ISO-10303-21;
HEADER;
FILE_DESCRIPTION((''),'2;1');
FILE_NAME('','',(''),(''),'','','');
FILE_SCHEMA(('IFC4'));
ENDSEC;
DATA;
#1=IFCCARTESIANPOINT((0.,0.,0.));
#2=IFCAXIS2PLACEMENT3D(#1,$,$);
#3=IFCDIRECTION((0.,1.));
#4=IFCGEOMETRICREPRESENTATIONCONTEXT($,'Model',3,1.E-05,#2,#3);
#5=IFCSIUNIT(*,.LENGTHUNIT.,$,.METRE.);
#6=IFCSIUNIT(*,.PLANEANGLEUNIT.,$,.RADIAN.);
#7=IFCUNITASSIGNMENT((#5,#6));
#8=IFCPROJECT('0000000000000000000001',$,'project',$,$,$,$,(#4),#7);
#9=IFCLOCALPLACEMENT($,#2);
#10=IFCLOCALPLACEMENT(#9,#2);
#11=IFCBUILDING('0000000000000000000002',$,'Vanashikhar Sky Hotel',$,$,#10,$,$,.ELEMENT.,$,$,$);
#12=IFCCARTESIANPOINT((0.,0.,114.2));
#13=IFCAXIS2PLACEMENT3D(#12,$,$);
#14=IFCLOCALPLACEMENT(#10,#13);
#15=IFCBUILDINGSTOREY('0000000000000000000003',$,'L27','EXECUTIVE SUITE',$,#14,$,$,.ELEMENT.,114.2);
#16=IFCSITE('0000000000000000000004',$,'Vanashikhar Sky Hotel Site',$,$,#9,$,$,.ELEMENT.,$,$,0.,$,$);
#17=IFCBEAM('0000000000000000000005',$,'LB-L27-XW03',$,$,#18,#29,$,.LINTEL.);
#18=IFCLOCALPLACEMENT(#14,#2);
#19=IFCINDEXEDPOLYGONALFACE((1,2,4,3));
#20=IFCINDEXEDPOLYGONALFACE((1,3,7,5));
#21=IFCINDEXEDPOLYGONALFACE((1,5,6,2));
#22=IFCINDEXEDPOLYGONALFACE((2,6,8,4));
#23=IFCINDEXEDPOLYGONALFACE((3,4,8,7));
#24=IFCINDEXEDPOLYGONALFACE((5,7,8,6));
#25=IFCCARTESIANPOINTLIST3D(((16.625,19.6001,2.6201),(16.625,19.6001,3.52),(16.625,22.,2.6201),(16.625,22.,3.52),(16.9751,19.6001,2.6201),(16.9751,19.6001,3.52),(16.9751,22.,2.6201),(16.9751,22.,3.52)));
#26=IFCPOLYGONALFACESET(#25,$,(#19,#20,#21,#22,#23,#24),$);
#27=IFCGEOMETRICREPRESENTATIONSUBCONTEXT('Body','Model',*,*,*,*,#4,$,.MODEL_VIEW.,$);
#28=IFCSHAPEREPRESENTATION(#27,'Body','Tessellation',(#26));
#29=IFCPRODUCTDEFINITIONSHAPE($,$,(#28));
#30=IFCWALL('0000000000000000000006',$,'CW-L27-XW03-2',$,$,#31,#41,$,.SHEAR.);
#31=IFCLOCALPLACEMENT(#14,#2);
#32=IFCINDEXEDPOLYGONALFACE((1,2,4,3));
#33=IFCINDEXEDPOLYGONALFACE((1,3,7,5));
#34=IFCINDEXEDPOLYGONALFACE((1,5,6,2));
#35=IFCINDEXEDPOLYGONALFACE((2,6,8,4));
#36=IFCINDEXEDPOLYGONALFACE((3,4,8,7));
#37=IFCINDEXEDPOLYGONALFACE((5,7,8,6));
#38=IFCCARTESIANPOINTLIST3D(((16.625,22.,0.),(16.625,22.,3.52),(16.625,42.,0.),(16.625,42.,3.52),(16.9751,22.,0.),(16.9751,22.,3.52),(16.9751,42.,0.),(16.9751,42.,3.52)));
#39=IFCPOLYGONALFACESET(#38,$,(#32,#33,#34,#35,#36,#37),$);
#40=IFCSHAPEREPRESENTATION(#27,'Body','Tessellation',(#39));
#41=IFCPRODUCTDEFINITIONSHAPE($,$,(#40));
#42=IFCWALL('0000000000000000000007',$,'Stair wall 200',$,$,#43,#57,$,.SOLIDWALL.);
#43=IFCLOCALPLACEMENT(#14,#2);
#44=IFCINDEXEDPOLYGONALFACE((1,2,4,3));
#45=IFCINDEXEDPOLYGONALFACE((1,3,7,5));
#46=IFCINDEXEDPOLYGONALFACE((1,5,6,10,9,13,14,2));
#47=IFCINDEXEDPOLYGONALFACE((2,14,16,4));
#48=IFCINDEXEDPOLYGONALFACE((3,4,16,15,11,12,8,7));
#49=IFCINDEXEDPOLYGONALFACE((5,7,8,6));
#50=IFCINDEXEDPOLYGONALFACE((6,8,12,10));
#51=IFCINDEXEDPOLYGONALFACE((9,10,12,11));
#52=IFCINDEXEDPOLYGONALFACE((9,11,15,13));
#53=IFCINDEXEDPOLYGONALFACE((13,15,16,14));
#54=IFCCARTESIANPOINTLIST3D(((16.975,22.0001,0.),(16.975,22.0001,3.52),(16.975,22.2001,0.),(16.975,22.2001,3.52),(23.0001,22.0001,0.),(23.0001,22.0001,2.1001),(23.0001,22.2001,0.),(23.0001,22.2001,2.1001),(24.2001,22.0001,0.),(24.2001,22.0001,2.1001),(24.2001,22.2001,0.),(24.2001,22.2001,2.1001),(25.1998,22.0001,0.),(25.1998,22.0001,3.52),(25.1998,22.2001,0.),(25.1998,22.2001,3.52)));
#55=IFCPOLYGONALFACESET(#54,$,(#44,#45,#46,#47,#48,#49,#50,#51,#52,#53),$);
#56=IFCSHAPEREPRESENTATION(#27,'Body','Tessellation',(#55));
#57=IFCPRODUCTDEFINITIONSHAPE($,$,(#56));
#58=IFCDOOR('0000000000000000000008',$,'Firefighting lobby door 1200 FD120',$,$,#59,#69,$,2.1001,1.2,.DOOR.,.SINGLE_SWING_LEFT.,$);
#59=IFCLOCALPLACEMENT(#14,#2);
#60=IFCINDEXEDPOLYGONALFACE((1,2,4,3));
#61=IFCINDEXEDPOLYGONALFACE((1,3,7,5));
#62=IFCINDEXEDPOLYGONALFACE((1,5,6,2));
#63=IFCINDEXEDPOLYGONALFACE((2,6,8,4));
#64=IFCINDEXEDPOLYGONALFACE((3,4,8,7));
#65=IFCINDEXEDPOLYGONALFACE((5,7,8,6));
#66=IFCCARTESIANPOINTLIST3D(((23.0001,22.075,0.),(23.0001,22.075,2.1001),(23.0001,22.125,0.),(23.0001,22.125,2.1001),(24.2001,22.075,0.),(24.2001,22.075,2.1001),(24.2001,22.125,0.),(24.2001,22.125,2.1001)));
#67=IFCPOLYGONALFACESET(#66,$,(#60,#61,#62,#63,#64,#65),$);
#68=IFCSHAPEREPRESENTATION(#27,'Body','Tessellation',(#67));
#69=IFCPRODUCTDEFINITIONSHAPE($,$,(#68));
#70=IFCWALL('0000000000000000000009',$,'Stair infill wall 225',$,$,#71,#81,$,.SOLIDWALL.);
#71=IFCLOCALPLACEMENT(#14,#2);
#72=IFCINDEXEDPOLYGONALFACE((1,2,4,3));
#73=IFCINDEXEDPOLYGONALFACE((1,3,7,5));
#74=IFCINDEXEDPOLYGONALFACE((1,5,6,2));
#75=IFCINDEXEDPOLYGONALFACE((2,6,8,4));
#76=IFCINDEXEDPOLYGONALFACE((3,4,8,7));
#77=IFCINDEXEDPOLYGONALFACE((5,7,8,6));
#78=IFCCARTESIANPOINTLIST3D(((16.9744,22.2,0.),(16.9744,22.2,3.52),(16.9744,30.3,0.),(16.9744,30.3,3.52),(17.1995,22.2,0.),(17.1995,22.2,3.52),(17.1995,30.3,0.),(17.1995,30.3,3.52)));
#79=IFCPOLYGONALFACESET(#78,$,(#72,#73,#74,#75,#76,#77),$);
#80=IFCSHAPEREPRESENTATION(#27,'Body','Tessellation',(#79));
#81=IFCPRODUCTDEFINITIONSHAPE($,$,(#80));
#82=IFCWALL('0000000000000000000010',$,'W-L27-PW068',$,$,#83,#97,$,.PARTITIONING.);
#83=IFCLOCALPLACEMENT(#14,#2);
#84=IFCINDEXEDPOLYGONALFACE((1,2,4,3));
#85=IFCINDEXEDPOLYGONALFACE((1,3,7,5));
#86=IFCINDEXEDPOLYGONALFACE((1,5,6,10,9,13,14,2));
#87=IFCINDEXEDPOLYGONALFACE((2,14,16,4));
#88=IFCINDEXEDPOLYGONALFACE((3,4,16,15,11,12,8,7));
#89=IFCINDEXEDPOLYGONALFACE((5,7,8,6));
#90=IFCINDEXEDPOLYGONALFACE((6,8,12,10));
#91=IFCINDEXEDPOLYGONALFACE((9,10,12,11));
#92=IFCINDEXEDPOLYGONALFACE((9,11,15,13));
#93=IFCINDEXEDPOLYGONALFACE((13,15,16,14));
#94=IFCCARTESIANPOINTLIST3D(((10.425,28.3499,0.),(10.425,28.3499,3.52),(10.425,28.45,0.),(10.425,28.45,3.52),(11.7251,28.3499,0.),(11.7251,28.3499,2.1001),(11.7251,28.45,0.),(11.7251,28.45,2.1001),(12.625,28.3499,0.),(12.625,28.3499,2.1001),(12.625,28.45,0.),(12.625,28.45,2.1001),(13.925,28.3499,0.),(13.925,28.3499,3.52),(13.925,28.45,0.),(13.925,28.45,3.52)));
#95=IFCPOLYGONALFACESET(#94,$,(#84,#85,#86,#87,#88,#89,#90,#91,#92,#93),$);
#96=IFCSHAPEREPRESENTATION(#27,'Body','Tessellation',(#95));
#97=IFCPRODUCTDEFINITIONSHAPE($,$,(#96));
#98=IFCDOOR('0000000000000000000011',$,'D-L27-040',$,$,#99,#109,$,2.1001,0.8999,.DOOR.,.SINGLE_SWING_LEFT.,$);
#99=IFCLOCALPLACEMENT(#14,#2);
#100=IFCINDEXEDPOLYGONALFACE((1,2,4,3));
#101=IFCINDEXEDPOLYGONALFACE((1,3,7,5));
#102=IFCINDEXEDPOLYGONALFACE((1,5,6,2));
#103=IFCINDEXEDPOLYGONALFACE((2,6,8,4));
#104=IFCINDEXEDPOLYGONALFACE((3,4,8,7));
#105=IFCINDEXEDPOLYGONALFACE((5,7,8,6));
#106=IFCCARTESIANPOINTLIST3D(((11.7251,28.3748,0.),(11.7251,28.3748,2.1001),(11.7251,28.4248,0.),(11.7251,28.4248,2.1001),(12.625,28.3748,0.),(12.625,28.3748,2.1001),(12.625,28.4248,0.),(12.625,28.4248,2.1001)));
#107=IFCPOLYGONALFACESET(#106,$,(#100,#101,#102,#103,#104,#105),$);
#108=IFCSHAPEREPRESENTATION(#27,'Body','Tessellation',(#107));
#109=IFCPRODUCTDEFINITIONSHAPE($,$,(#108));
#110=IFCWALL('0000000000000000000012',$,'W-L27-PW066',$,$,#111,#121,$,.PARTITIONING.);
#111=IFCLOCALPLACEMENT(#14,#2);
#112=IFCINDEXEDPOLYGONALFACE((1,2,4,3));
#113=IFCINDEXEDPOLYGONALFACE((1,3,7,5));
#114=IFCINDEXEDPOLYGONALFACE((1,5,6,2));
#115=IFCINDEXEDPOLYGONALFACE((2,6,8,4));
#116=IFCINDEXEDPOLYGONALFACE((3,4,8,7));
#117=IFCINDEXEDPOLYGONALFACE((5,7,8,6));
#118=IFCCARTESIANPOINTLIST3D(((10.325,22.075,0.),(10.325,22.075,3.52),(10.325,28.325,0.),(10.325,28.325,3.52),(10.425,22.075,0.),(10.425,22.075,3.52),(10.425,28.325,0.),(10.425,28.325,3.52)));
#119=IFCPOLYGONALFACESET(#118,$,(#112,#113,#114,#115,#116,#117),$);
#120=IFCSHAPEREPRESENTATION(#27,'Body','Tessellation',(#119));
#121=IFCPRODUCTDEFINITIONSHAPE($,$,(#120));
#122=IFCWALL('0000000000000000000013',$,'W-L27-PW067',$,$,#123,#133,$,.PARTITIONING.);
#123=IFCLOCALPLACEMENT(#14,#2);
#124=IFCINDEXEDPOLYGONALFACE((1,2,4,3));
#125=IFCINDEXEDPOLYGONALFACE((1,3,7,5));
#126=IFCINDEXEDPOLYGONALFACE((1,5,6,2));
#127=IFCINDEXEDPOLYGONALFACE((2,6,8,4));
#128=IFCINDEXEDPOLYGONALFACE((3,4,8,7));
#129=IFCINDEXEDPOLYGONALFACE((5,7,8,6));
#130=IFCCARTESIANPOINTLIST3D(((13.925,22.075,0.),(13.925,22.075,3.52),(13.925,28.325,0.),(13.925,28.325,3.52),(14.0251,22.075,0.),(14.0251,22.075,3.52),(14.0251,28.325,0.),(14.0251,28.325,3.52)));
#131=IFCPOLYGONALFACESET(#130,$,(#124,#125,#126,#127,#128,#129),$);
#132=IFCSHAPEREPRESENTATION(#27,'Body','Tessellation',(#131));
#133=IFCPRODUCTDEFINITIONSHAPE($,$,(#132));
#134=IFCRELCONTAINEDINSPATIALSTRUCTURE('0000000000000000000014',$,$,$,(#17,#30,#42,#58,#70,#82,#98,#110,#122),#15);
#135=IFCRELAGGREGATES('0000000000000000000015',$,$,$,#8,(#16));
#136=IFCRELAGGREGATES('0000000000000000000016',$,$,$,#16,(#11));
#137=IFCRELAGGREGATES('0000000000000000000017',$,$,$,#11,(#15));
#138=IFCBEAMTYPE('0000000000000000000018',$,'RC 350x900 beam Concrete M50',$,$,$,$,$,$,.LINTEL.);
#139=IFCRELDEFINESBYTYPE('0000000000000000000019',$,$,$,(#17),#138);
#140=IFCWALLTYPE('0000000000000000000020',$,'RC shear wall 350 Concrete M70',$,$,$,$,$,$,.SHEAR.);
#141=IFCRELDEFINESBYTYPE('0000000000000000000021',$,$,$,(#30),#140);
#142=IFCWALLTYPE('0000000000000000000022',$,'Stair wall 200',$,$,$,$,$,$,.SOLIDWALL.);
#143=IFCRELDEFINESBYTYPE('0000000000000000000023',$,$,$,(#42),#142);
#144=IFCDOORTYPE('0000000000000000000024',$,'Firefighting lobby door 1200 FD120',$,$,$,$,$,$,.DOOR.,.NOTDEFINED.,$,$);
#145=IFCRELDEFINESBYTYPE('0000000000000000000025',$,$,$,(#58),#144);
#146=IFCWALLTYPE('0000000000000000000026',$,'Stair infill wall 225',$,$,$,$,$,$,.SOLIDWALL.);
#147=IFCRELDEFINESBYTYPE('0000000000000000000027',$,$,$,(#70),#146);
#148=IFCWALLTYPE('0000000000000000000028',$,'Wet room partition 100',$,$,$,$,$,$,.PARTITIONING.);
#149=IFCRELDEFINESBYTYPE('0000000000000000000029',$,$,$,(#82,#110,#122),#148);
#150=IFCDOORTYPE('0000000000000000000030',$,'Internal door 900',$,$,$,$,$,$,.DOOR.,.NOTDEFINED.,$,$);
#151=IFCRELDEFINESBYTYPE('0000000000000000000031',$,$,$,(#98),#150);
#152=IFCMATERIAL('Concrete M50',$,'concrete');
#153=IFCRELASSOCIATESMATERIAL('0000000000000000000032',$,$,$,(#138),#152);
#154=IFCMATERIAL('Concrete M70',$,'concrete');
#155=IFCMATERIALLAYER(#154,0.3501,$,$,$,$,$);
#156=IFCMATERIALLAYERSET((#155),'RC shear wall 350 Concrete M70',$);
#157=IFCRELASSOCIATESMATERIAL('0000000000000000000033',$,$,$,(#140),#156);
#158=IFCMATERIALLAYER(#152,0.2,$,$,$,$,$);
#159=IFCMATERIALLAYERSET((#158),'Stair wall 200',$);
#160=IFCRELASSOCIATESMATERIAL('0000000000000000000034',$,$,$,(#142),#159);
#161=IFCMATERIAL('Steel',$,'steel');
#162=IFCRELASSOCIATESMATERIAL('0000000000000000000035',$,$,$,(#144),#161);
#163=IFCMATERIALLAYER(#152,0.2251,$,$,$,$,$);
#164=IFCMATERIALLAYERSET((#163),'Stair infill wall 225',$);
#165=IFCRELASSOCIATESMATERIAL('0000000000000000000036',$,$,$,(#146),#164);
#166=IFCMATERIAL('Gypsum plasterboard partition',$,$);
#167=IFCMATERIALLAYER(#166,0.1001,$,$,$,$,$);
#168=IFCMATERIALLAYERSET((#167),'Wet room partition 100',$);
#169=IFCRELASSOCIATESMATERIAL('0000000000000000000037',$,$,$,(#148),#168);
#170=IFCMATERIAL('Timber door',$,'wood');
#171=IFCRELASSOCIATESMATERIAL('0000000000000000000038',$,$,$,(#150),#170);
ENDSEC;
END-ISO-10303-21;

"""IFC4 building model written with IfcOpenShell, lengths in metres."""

from ifc_helpers import new_model, si_unit, direction, frame, frame_2d, origin, origin_2d, place, context, subcontext, project, spatial, rectangle, extrude, source, transform, mapped, material, layer, layer_set, material_profile, profile_set, type_object, element, fill, save


model = new_model("IFC4")

# Units and contexts
model_context = context("Model", 3, precision=1e-05, world=origin(), true_north=direction((0.0, 1.0)))
body_context = subcontext(model_context, "Body", "Model", "MODEL_VIEW")
ifc_project = project(units=[si_unit("LENGTHUNIT", "METRE"), si_unit("PLANEANGLEUNIT", "RADIAN")], contexts=[model_context])

# Site, building, storey
site_placement = place(None, origin())
site = spatial("IfcSite", under=ifc_project, at=site_placement, Name="Vanashikhar Sky Hotel Site", CompositionType="ELEMENT", RefElevation=0.0)
building_placement = place(site_placement, origin())
building = spatial("IfcBuilding", under=site, at=building_placement, Name="Vanashikhar Sky Hotel", CompositionType="ELEMENT")
storey_placement = place(building_placement, frame((0.0, 0.0, 114.2)))
storey = spatial("IfcBuildingStorey", under=building, at=storey_placement, Name="L27", Description="EXECUTIVE SUITE", CompositionType="ELEMENT", Elevation=114.2)

# Beam
ifc_material_1 = material(Name="Concrete M50", Category="concrete")
ifc_material_profile = material_profile(ifc_material_1, rectangle(XDim=0.3501, YDim=0.8999, at=origin_2d()))
ifc_profile_set = profile_set([ifc_material_profile], Name="RC 350x900 beam Concrete M50")
beam_type = type_object("IfcBeamType", Name="RC 350x900 beam Concrete M50", PredefinedType="LINTEL", material=ifc_profile_set)
shared_shape_1 = source(origin(), body_context, "Body", "SweptSolid", [
    extrude(rectangle(XDim=0.3501, YDim=0.8999, at=origin_2d()), origin(), (0.0, 0.0, 1.0), 2.3999),
])
beam_placement = place(storey_placement, frame((16.8, 19.6001, 3.0701), z_axis=(0.0, 1.0, 0.0), x_axis=(-1.0, 0.0, 0.0)))
element("IfcBeam", 1, at=beam_placement, inside=storey, type_object=beam_type, Name="LB-L27-XW03", PredefinedType="LINTEL", context=body_context, shape_type="MappedRepresentation", body=[
    mapped(shared_shape_1, transform((0.0, 0.0, 0.0), scale=1.0)),
])

# Wall
ifc_material_2 = material(Name="Concrete M70", Category="concrete")
ifc_layer_1 = layer(ifc_material_2, 0.3501)
ifc_layer_set_1 = layer_set([ifc_layer_1], Name="RC shear wall 350 Concrete M70")
wall_type_1 = type_object("IfcWallType", Name="RC shear wall 350 Concrete M70", PredefinedType="SHEAR", material=ifc_layer_set_1)
shared_shape_2 = source(origin(), body_context, "Body", "SweptSolid", [
    extrude(rectangle(XDim=20.0, YDim=0.3501, at=frame_2d((10.0, 0.0))), origin(), (0.0, 0.0, 1.0), 3.52),
])
wall_1_placement = place(storey_placement, frame((16.8, 22.0, 0.0), z_axis=(0.0, 0.0, 1.0), x_axis=(0.0, 1.0, 0.0)))
element("IfcWall", 2, at=wall_1_placement, inside=storey, type_object=wall_type_1, Name="CW-L27-XW03-2", PredefinedType="SHEAR", context=body_context, shape_type="MappedRepresentation", body=[
    mapped(shared_shape_2, transform((0.0, 0.0, 0.0), scale=1.0)),
])

# Wall, opening, door
ifc_layer_2 = layer(ifc_material_1, 0.2)
ifc_layer_set_2 = layer_set([ifc_layer_2], Name="Stair wall 200")
wall_type_2 = type_object("IfcWallType", Name="Stair wall 200", PredefinedType="SOLIDWALL", material=ifc_layer_set_2)
shared_shape_3 = source(origin(), body_context, "Body", "SweptSolid", [
    extrude(rectangle(XDim=8.2249, YDim=0.2, at=frame_2d((4.1123, 0.0))), origin(), (0.0, 0.0, 1.0), 3.52),
])
wall_2_placement = place(storey_placement, frame((16.9751, 22.1001, 0.0), z_axis=(0.0, 0.0, 1.0), x_axis=(1.0, 0.0, 0.0)))
wall_2 = element("IfcWall", 3, at=wall_2_placement, inside=storey, type_object=wall_type_2, Name="Stair wall 200", PredefinedType="SOLIDWALL", context=body_context, shape_type="MappedRepresentation", body=[
    mapped(shared_shape_3, transform((0.0, 0.0, 0.0), scale=1.0)),
])
shared_shape_4 = source(origin(), body_context, "Body", "SweptSolid", [
    extrude(rectangle(XDim=1.2, YDim=2.1001, at=frame_2d((0.6001, 1.05))), frame((0.0, 0.1099, 0.0), z_axis=(0.0, -1.0, 0.0), x_axis=(1.0, 0.0, 0.0)), (0.0, 0.0, 1.0), 0.22),
])
opening_1_placement = place(wall_2_placement, frame((6.0249, 0.0, 0.0)))
opening_1 = element("IfcOpeningElement", 4, at=opening_1_placement, cuts=wall_2, PredefinedType="OPENING", context=body_context, shape_type="MappedRepresentation", body=[
    mapped(shared_shape_4, transform((0.0, 0.0, 0.0), scale=1.0)),
])
ifc_material_3 = material(Name="Steel", Category="steel")
door_type_1 = type_object("IfcDoorType", Name="Firefighting lobby door 1200 FD120", OperationType="NOTDEFINED", PredefinedType="DOOR", material=ifc_material_3)
shared_shape_5 = source(origin(), body_context, "Body", "SweptSolid", [
    extrude(rectangle(XDim=1.2, YDim=2.1001, at=frame_2d((0.6001, 1.05))), frame((0.0, 0.0249, 0.0), z_axis=(0.0, -1.0, 0.0), x_axis=(1.0, 0.0, 0.0)), (0.0, 0.0, 1.0), 0.05),
])
door_1_placement = place(opening_1_placement, origin())
door_1 = element("IfcDoor", 5, at=door_1_placement, inside=storey, type_object=door_type_1, Name="Firefighting lobby door 1200 FD120", OperationType="SINGLE_SWING_LEFT", OverallHeight=2.1001, OverallWidth=1.2, PredefinedType="DOOR", context=body_context, shape_type="MappedRepresentation", body=[
    mapped(shared_shape_5, transform((0.0, 0.0, 0.0), scale=1.0)),
])
fill(opening_1, door_1)

# Wall
ifc_layer_3 = layer(ifc_material_1, 0.2251)
ifc_layer_set_3 = layer_set([ifc_layer_3], Name="Stair infill wall 225")
wall_type_3 = type_object("IfcWallType", Name="Stair infill wall 225", PredefinedType="SOLIDWALL", material=ifc_layer_set_3)
shared_shape_6 = source(origin(), body_context, "Body", "SweptSolid", [
    extrude(rectangle(XDim=8.1001, YDim=0.2251, at=frame_2d((4.05, 0.0))), origin(), (0.0, 0.0, 1.0), 3.52),
])
wall_3_placement = place(storey_placement, frame((17.0869, 22.2, 0.0), z_axis=(0.0, 0.0, 1.0), x_axis=(0.0, 1.0, 0.0)))
element("IfcWall", 6, at=wall_3_placement, inside=storey, type_object=wall_type_3, Name="Stair infill wall 225", PredefinedType="SOLIDWALL", context=body_context, shape_type="MappedRepresentation", body=[
    mapped(shared_shape_6, transform((0.0, 0.0, 0.0), scale=1.0)),
])

# Wall, opening, door
ifc_material_4 = material(Name="Gypsum plasterboard partition")
ifc_layer_4 = layer(ifc_material_4, 0.1001)
ifc_layer_set_4 = layer_set([ifc_layer_4], Name="Wet room partition 100")
wall_type_4 = type_object("IfcWallType", Name="Wet room partition 100", PredefinedType="PARTITIONING", material=ifc_layer_set_4)
shared_shape_7 = source(origin(), body_context, "Body", "SweptSolid", [
    extrude(rectangle(XDim=3.5, YDim=0.1001, at=frame_2d((1.75, 0.0))), origin(), (0.0, 0.0, 1.0), 3.52),
])
wall_4_placement = place(storey_placement, frame((10.425, 28.3999, 0.0), z_axis=(0.0, 0.0, 1.0), x_axis=(1.0, 0.0, 0.0)))
wall_4 = element("IfcWall", 7, at=wall_4_placement, inside=storey, type_object=wall_type_4, Name="W-L27-PW068", PredefinedType="PARTITIONING", context=body_context, shape_type="MappedRepresentation", body=[
    mapped(shared_shape_7, transform((0.0, 0.0, 0.0), scale=1.0)),
])
shared_shape_8 = source(origin(), body_context, "Body", "SweptSolid", [
    extrude(rectangle(XDim=0.8999, YDim=2.1001, at=frame_2d((0.45, 1.05))), frame((0.0, 0.0601, 0.0), z_axis=(0.0, -1.0, 0.0), x_axis=(1.0, 0.0, 0.0)), (0.0, 0.0, 1.0), 0.1201),
])
opening_2_placement = place(wall_4_placement, frame((1.3, 0.0, 0.0)))
opening_2 = element("IfcOpeningElement", 8, at=opening_2_placement, cuts=wall_4, PredefinedType="OPENING", context=body_context, shape_type="MappedRepresentation", body=[
    mapped(shared_shape_8, transform((0.0, 0.0, 0.0), scale=1.0)),
])
ifc_material_5 = material(Name="Timber door", Category="wood")
door_type_2 = type_object("IfcDoorType", Name="Internal door 900", OperationType="NOTDEFINED", PredefinedType="DOOR", material=ifc_material_5)
shared_shape_9 = source(origin(), body_context, "Body", "SweptSolid", [
    extrude(rectangle(XDim=0.8999, YDim=2.1001, at=frame_2d((0.45, 1.05))), frame((0.0, 0.0249, 0.0), z_axis=(0.0, -1.0, 0.0), x_axis=(1.0, 0.0, 0.0)), (0.0, 0.0, 1.0), 0.05),
])
door_2_placement = place(opening_2_placement, origin())
door_2 = element("IfcDoor", 9, at=door_2_placement, inside=storey, type_object=door_type_2, Name="D-L27-040", OperationType="SINGLE_SWING_LEFT", OverallHeight=2.1001, OverallWidth=0.8999, PredefinedType="DOOR", context=body_context, shape_type="MappedRepresentation", body=[
    mapped(shared_shape_9, transform((0.0, 0.0, 0.0), scale=1.0)),
])
fill(opening_2, door_2)

# Walls
shared_shape_10 = source(origin(), body_context, "Body", "SweptSolid", [
    extrude(rectangle(XDim=6.25, YDim=0.1001, at=frame_2d((3.125, 0.0))), origin(), (0.0, 0.0, 1.0), 3.52),
])
for number, where, z_axis, x_axis, name in (
    (10, (10.375, 22.075, 0.0), (0.0, 0.0, 1.0), (0.0, 1.0, 0.0), "W-L27-PW066"),
    (11, (13.9751, 22.075, 0.0), (0.0, 0.0, 1.0), (0.0, 1.0, 0.0), "W-L27-PW067"),
):
    element("IfcWall", number, at=place(storey_placement, frame(where, z_axis=z_axis, x_axis=x_axis)), inside=storey, type_object=wall_type_4, Name=name, PredefinedType="PARTITIONING", context=body_context, shape_type="MappedRepresentation", body=[
        mapped(shared_shape_10, transform((0.0, 0.0, 0.0), scale=1.0)),
    ])

save(model, "model.ifc")
